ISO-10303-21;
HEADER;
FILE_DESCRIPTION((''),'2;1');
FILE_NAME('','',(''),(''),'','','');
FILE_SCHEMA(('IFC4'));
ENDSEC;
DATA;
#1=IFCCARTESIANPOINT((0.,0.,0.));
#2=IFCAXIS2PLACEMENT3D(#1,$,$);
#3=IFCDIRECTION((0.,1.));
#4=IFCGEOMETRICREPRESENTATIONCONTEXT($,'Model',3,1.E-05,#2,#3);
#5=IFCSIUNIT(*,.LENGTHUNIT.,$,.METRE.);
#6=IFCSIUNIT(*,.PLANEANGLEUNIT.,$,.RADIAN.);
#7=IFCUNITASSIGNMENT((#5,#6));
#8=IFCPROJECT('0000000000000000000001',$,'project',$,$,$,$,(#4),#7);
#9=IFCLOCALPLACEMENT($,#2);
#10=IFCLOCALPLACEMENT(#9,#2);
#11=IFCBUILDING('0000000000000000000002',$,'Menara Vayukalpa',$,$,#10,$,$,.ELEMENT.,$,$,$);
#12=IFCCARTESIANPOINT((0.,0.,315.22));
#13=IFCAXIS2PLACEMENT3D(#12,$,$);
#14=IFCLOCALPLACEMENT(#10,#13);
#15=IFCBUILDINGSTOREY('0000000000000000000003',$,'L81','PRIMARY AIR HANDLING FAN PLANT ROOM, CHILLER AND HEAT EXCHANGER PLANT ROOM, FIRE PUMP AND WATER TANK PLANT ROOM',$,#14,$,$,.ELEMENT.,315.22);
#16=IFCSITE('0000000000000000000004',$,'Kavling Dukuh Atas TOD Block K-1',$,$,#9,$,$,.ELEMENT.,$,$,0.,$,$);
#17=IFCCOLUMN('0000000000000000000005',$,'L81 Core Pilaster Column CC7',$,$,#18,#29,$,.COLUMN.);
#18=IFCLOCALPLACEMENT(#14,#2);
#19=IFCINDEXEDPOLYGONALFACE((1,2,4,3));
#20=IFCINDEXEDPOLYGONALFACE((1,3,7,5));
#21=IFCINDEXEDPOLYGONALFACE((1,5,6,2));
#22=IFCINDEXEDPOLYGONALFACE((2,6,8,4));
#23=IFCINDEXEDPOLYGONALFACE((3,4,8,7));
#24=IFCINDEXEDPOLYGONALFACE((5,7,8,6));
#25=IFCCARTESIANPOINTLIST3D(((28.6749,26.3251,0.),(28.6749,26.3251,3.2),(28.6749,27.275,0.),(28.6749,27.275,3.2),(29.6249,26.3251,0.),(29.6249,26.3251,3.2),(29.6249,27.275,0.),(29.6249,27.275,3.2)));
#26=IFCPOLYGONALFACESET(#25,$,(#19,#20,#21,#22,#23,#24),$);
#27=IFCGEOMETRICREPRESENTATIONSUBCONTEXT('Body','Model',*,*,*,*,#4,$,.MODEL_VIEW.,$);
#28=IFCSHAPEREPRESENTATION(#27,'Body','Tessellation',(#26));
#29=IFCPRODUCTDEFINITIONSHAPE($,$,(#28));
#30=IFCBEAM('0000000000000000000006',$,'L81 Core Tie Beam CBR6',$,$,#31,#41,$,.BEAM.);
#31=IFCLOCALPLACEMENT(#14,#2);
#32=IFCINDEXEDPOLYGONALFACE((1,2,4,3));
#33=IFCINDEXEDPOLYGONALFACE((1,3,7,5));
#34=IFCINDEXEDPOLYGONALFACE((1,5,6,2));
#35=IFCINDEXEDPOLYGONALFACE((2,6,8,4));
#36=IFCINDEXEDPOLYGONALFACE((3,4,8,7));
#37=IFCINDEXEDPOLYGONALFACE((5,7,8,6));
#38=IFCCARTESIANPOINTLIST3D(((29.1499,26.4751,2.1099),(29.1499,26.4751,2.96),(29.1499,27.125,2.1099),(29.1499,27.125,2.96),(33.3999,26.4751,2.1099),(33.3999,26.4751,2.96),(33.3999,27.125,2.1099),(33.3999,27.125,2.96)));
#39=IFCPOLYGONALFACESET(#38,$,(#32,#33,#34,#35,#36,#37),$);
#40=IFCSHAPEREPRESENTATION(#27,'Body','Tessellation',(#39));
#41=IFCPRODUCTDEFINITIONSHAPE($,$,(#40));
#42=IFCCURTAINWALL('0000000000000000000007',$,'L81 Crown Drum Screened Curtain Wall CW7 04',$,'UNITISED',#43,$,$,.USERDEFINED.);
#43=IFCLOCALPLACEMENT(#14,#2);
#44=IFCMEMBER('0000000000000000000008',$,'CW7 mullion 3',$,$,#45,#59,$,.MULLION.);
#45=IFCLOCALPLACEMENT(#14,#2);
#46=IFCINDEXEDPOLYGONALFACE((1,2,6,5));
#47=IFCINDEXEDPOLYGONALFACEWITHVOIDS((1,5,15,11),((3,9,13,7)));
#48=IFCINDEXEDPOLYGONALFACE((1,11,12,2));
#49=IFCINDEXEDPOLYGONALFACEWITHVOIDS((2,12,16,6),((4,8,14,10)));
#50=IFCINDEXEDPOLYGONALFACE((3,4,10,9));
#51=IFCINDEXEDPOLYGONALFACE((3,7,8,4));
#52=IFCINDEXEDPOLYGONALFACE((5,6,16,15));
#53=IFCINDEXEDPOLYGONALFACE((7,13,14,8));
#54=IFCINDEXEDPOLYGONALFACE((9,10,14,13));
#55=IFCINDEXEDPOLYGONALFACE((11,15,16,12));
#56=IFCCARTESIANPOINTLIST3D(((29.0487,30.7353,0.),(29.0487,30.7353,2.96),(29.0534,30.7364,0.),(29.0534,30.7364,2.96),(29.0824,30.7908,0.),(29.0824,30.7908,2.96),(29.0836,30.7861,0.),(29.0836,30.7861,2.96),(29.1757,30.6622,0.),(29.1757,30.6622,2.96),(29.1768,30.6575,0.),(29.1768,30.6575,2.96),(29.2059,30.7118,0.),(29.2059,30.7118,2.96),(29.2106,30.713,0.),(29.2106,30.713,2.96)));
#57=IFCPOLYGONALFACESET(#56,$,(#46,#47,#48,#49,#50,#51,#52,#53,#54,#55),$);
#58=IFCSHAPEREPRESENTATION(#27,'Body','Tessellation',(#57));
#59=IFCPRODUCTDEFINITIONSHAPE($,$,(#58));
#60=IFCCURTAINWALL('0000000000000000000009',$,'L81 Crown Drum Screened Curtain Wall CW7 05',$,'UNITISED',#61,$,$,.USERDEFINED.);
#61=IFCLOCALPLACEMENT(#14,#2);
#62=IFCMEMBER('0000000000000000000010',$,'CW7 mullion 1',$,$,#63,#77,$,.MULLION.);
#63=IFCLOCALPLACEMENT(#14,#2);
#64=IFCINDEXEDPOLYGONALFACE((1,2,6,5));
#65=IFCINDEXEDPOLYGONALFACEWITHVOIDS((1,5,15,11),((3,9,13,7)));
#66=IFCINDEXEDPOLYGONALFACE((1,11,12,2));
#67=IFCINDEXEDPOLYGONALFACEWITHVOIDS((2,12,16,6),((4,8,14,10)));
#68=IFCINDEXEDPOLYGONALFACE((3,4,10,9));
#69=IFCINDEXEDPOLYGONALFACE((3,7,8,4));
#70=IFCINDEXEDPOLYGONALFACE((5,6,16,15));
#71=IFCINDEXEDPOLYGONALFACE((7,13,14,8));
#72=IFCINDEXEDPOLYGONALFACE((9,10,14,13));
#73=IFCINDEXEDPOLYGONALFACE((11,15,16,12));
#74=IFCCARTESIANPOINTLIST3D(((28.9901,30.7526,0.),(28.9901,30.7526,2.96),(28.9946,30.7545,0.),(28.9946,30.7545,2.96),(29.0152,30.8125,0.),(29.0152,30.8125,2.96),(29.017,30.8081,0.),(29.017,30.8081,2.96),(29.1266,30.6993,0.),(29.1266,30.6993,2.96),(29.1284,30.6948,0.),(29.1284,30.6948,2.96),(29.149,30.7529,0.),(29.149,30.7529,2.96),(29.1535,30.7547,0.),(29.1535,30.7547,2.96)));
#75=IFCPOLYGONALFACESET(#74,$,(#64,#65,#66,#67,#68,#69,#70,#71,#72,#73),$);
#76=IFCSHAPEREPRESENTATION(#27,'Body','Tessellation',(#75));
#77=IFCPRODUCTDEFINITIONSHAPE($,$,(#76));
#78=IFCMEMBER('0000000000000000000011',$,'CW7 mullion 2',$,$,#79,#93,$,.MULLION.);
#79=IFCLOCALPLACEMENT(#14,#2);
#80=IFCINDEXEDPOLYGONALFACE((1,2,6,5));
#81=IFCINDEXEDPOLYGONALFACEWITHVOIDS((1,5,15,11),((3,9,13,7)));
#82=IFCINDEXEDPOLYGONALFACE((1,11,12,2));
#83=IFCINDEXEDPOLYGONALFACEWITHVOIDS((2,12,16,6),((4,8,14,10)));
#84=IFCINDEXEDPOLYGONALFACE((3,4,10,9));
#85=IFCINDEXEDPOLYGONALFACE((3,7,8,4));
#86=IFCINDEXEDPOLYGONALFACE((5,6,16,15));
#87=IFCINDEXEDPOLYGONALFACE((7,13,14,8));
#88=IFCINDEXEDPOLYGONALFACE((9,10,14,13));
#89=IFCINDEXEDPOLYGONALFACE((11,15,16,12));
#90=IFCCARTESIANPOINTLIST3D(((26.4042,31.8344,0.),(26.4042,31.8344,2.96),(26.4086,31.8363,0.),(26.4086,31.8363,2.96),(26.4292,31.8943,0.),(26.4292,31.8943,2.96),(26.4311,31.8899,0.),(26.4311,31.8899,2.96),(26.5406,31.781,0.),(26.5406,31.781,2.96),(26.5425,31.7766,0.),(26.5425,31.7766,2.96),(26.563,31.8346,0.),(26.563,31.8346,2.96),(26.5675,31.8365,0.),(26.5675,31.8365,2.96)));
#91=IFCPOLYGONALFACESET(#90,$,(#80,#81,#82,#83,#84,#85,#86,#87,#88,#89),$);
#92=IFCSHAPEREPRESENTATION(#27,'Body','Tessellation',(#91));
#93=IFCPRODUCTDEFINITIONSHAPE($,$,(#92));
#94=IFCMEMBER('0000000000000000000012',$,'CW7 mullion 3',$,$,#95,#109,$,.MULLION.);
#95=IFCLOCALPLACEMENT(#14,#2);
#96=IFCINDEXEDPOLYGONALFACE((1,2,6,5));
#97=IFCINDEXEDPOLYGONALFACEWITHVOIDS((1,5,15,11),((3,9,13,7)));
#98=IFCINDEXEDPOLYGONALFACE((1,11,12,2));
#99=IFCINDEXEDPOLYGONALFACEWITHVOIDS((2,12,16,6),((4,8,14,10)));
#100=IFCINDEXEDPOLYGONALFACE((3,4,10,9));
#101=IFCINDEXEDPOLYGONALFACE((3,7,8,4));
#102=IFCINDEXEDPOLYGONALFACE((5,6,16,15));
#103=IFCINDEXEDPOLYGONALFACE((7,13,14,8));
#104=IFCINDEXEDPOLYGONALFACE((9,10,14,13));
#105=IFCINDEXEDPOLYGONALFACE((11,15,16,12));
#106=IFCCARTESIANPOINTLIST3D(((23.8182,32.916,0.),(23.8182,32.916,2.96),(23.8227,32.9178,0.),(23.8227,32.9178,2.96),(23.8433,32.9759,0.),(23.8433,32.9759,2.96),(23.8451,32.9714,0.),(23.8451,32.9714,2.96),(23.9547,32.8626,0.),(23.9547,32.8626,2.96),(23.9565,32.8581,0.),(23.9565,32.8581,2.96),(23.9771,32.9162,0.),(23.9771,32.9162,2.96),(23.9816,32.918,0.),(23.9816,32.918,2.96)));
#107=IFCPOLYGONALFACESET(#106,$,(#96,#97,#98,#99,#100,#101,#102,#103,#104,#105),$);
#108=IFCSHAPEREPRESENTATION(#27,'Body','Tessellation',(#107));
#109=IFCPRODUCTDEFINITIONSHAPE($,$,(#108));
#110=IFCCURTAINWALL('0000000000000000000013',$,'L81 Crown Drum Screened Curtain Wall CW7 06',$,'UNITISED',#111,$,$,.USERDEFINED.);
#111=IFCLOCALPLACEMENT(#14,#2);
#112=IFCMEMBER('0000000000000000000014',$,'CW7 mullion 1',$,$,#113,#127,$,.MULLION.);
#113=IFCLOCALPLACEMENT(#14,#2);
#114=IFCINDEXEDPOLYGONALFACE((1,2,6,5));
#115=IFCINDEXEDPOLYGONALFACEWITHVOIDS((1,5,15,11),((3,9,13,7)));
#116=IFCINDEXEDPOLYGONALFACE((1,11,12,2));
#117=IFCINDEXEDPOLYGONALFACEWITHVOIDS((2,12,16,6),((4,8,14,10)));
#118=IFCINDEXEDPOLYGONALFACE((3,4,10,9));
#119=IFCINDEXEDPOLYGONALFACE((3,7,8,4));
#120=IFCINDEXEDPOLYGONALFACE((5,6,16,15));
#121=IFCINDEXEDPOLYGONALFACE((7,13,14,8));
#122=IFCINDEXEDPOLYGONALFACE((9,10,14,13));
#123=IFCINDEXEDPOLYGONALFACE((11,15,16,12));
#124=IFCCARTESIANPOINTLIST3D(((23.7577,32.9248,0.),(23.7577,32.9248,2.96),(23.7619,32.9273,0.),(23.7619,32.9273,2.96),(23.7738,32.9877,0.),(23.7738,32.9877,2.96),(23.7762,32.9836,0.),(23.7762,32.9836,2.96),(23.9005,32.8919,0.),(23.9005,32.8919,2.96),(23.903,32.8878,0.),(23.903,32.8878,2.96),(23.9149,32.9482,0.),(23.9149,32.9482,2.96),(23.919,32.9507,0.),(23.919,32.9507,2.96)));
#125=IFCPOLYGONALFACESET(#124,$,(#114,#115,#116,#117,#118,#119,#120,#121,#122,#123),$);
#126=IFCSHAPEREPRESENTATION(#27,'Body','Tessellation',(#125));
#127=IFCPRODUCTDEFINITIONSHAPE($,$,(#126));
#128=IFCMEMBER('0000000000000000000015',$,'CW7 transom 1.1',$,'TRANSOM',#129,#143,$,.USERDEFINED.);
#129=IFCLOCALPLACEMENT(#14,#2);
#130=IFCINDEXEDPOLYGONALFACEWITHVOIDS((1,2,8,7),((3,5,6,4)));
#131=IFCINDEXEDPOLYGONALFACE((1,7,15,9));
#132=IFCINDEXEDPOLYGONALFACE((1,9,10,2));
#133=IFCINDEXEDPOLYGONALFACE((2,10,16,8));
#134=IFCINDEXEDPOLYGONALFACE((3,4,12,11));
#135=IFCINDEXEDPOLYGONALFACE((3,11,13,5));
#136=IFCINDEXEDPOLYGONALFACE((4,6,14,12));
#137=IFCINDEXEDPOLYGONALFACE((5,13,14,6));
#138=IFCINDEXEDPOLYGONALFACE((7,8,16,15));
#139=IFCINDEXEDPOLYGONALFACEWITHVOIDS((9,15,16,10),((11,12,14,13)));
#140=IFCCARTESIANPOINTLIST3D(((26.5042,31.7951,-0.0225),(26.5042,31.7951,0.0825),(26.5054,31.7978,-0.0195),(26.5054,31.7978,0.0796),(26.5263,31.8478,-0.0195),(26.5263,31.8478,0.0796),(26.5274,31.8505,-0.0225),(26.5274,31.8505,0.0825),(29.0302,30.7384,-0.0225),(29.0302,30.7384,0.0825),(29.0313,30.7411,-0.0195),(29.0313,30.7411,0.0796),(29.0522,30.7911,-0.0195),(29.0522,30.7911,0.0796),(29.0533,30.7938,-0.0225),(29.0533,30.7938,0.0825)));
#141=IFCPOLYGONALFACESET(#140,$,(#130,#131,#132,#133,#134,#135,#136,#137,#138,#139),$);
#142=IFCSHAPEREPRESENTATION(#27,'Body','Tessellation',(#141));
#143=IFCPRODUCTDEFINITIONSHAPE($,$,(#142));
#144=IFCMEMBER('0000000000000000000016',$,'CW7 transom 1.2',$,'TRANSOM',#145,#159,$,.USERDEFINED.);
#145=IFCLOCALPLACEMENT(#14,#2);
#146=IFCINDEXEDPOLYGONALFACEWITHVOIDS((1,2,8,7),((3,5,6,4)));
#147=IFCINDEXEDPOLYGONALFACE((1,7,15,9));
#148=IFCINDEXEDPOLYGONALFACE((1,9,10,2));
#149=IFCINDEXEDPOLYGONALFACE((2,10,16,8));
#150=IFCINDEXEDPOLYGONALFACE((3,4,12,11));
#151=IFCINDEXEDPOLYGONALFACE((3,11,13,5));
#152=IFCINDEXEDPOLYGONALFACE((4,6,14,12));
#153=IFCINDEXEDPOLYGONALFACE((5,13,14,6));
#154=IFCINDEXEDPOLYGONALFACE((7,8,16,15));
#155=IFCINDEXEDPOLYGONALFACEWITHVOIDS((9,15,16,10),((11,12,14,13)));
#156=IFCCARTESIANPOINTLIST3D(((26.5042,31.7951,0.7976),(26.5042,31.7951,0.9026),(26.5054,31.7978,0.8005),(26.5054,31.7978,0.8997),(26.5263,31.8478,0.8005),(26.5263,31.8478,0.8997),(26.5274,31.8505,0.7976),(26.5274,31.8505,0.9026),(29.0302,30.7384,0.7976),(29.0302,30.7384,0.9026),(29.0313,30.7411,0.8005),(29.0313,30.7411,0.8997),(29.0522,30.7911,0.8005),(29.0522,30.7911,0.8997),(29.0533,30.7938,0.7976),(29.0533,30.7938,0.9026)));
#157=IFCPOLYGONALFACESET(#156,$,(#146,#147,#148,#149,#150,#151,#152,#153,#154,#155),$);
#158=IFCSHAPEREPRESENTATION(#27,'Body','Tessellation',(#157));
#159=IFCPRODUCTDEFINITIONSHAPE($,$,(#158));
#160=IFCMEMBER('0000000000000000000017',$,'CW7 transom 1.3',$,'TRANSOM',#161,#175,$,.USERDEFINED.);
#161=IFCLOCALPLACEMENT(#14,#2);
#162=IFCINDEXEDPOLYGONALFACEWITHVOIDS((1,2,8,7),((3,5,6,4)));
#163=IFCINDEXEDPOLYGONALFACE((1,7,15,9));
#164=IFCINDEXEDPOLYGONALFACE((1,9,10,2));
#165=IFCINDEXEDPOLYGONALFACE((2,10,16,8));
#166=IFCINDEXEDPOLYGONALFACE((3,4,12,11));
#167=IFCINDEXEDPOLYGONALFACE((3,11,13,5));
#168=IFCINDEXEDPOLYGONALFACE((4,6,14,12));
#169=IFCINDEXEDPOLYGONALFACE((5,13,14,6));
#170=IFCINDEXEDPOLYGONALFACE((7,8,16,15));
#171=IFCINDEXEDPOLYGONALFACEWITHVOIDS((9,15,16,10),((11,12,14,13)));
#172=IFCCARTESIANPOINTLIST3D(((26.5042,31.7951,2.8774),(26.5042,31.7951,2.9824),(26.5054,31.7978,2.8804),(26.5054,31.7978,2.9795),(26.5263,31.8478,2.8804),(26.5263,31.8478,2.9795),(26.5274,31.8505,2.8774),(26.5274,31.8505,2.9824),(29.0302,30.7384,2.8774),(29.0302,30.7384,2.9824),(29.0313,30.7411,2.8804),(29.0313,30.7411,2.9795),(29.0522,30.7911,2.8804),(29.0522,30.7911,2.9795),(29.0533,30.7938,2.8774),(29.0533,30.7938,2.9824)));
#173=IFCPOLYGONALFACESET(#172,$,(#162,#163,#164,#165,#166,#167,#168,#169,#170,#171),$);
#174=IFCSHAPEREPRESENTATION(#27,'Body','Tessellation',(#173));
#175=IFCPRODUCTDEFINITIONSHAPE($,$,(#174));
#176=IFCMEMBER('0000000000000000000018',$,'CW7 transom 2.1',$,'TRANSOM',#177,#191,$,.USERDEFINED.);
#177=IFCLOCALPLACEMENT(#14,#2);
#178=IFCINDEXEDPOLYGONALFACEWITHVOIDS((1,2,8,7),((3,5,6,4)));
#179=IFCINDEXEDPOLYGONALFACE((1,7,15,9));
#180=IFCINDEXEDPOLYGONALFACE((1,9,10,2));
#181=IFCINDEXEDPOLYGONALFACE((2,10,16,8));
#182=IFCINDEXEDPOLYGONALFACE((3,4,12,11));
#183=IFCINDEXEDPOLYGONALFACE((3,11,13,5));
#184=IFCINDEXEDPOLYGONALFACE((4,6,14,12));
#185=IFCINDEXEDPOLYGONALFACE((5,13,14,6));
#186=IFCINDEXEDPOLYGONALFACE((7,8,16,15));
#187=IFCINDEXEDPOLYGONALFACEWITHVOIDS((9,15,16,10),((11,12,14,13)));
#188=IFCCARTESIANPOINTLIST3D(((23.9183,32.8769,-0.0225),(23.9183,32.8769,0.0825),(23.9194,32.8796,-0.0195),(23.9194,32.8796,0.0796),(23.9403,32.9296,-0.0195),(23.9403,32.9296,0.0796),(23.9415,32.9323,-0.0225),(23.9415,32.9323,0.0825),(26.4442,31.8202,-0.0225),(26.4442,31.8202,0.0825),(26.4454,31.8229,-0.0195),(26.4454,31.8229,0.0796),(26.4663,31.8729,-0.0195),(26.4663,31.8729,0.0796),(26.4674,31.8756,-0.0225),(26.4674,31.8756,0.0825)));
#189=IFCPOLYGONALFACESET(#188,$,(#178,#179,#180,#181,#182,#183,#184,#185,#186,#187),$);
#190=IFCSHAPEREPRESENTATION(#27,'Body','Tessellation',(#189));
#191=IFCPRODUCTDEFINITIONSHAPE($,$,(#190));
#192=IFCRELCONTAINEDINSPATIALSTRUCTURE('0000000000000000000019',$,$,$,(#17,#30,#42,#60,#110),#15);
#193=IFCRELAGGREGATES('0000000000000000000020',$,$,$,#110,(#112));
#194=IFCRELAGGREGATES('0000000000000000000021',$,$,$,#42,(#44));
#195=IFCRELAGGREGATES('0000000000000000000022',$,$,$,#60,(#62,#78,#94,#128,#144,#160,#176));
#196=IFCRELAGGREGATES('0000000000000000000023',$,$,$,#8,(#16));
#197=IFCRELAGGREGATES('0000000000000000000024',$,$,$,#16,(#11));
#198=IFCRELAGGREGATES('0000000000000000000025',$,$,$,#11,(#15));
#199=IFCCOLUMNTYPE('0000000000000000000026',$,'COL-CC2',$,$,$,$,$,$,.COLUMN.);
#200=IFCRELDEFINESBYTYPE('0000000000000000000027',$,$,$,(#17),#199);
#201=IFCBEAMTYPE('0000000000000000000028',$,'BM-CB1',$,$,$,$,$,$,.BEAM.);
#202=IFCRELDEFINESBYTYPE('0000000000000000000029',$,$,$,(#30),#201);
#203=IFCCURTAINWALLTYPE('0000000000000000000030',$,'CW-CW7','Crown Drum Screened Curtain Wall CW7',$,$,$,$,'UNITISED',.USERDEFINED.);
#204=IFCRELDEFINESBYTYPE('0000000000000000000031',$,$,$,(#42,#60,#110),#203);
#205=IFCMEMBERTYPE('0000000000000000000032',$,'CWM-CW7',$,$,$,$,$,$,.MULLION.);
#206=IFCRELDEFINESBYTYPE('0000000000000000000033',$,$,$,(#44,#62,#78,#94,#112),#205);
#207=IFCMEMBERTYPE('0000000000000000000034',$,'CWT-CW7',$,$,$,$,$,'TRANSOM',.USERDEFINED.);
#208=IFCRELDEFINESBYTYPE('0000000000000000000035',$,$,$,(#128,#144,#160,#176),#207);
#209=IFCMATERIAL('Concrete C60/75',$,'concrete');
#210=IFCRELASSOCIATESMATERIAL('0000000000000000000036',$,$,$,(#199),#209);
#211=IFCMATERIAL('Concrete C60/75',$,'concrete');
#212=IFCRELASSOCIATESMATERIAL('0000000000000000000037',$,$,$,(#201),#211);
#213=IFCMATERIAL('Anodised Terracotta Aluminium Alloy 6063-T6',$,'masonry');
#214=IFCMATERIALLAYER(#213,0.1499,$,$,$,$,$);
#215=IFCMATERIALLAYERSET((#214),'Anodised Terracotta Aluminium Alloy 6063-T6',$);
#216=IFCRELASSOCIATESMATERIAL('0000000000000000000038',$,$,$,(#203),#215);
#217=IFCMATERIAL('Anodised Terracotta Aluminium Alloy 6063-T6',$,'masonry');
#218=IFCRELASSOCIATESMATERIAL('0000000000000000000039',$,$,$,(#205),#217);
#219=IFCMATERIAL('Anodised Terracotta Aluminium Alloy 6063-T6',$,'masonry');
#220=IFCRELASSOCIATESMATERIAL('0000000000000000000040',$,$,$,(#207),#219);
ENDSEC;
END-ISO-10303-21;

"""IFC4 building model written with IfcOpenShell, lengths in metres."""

from ifc_helpers import new_model, si_unit, direction, frame, origin, origin_2d, place, context, subcontext, project, spatial, rectangle, hollow_rectangle, extrude, material, layer, layer_set, material_profile, profile_set, type_object, element, aggregate, save


model = new_model("IFC4")

# Units and contexts
model_context = context("Model", 3, precision=1e-05, world=origin(), true_north=direction((0.0, 1.0)))
body_context = subcontext(model_context, "Body", "Model", "MODEL_VIEW")
ifc_project = project(units=[si_unit("LENGTHUNIT", "METRE"), si_unit("PLANEANGLEUNIT", "RADIAN")], contexts=[model_context])

# Site, building, storey
site_placement = place(None, origin())
site = spatial("IfcSite", under=ifc_project, at=site_placement, Name="Kavling Dukuh Atas TOD Block K-1", CompositionType="ELEMENT", RefElevation=0.0)
building_placement = place(site_placement, origin())
building = spatial("IfcBuilding", under=site, at=building_placement, Name="Menara Vayukalpa", CompositionType="ELEMENT")
storey_placement = place(building_placement, frame((0.0, 0.0, 315.22)))
storey = spatial("IfcBuildingStorey", under=building, at=storey_placement, Name="L81", Description="PRIMARY AIR HANDLING FAN PLANT ROOM, CHILLER AND HEAT EXCHANGER PLANT ROOM, FIRE PUMP AND WATER TANK PLANT ROOM", CompositionType="ELEMENT", Elevation=315.22)

# Column
ifc_material_1 = material(Name="Concrete C60/75", Category="concrete")
ifc_material_profile_1 = material_profile(ifc_material_1, rectangle(XDim=0.95, YDim=0.95, at=origin_2d()), Name="RC 950x950")
ifc_profile_set_1 = profile_set([ifc_material_profile_1], Name="Concrete C60/75")
column_type = type_object("IfcColumnType", Name="COL-CC2", PredefinedType="COLUMN", material=ifc_profile_set_1)
column_placement = place(storey_placement, frame((29.1499, 26.8, 0.0), z_axis=(0.0, 0.0, 1.0), x_axis=(1.0, 0.0, 0.0)))
element("IfcColumn", 1, at=column_placement, inside=storey, type_object=column_type, Name="L81 Core Pilaster Column CC7", PredefinedType="COLUMN", context=body_context, shape_type="SweptSolid", body=[
    extrude(rectangle(XDim=0.95, YDim=0.95, at=origin_2d()), origin(), (0.0, 0.0, 1.0), 3.2),
])

# Beam
ifc_material_2 = material(Name="Concrete C60/75", Category="concrete")
ifc_material_profile_2 = material_profile(ifc_material_2, rectangle(XDim=0.6499, YDim=0.8501, at=origin_2d()), Name="RC 650x850")
ifc_profile_set_2 = profile_set([ifc_material_profile_2], Name="Concrete C60/75")
beam_type = type_object("IfcBeamType", Name="BM-CB1", PredefinedType="BEAM", material=ifc_profile_set_2)
beam_placement = place(storey_placement, frame((29.1499, 26.8, 2.5349), z_axis=(1.0, 0.0, 0.0), x_axis=(0.0, 1.0, 0.0)))
element("IfcBeam", 2, at=beam_placement, inside=storey, type_object=beam_type, Name="L81 Core Tie Beam CBR6", PredefinedType="BEAM", context=body_context, shape_type="SweptSolid", body=[
    extrude(rectangle(XDim=0.6499, YDim=0.8501, at=origin_2d()), origin(), (0.0, 0.0, 1.0), 4.25),
])

# Curtain wall, member
ifc_material_3 = material(Name="Anodised Terracotta Aluminium Alloy 6063-T6", Category="masonry")
ifc_layer_1 = layer(ifc_material_3, 0.1499)
ifc_layer_set_1 = layer_set([ifc_layer_1], Name="Anodised Terracotta Aluminium Alloy 6063-T6")
curtain_wall_type = type_object("IfcCurtainWallType", Name="CW-CW7", Description="Crown Drum Screened Curtain Wall CW7", ElementType="UNITISED", PredefinedType="USERDEFINED", material=ifc_layer_set_1)
curtain_wall_1_placement = place(storey_placement, origin())
curtain_wall_1 = element("IfcCurtainWall", 3, at=curtain_wall_1_placement, inside=storey, type_object=curtain_wall_type, Name="L81 Crown Drum Screened Curtain Wall CW7 04", ObjectType="UNITISED", PredefinedType="USERDEFINED")
ifc_material_4 = material(Name="Anodised Terracotta Aluminium Alloy 6063-T6", Category="masonry")
ifc_material_profile_3 = material_profile(ifc_material_4, hollow_rectangle(XDim=0.0649, YDim=0.1499, WallThickness=0.0034, at=origin_2d()), Name="ALU 65x150x3.5")
ifc_profile_set_3 = profile_set([ifc_material_profile_3], Name="Anodised Terracotta Aluminium Alloy 6063-T6")
member_type_1 = type_object("IfcMemberType", Name="CWM-CW7", PredefinedType="MULLION", material=ifc_profile_set_3)
member_1_placement = place(storey_placement, frame((29.1296, 30.7241, 0.0), z_axis=(0.0, 0.0, 1.0), x_axis=(-0.519176, -0.854667, 0.0)))
member_1 = element("IfcMember", 4, at=member_1_placement, type_object=member_type_1, Name="CW7 mullion 3", PredefinedType="MULLION", context=body_context, shape_type="SweptSolid", body=[
    extrude(hollow_rectangle(XDim=0.0649, YDim=0.1499, WallThickness=0.0034, at=origin_2d()), origin(), (0.0, 0.0, 1.0), 2.96),
])

# Curtain wall, members
curtain_wall_2_placement = place(storey_placement, origin())
curtain_wall_2 = element("IfcCurtainWall", 5, at=curtain_wall_2_placement, inside=storey, type_object=curtain_wall_type, Name="L81 Crown Drum Screened Curtain Wall CW7 05", ObjectType="UNITISED", PredefinedType="USERDEFINED")
member_2_placement = place(storey_placement, frame((29.0718, 30.7537, 0.0), z_axis=(0.0, 0.0, 1.0), x_axis=(-0.385898, -0.922541, 0.0)))
member_2 = element("IfcMember", 6, at=member_2_placement, type_object=member_type_1, Name="CW7 mullion 1", PredefinedType="MULLION", context=body_context, shape_type="SweptSolid", body=[
    extrude(hollow_rectangle(XDim=0.0649, YDim=0.1499, WallThickness=0.0034, at=origin_2d()), origin(), (0.0, 0.0, 1.0), 2.96),
])
member_3_placement = place(storey_placement, frame((26.4858, 31.8354, 0.0), z_axis=(0.0, 0.0, 1.0), x_axis=(-0.385898, -0.922541, 0.0)))
member_3 = element("IfcMember", 7, at=member_3_placement, type_object=member_type_1, Name="CW7 mullion 2", PredefinedType="MULLION", context=body_context, shape_type="SweptSolid", body=[
    extrude(hollow_rectangle(XDim=0.0649, YDim=0.1499, WallThickness=0.0034, at=origin_2d()), origin(), (0.0, 0.0, 1.0), 2.96),
])
member_4_placement = place(storey_placement, frame((23.8999, 32.917, 0.0), z_axis=(0.0, 0.0, 1.0), x_axis=(-0.385898, -0.922541, 0.0)))
member_4 = element("IfcMember", 8, at=member_4_placement, type_object=member_type_1, Name="CW7 mullion 3", PredefinedType="MULLION", context=body_context, shape_type="SweptSolid", body=[
    extrude(hollow_rectangle(XDim=0.0649, YDim=0.1499, WallThickness=0.0034, at=origin_2d()), origin(), (0.0, 0.0, 1.0), 2.96),
])

# Curtain wall, member
curtain_wall_3_placement = place(storey_placement, origin())
curtain_wall_3 = element("IfcCurtainWall", 9, at=curtain_wall_3_placement, inside=storey, type_object=curtain_wall_type, Name="L81 Crown Drum Screened Curtain Wall CW7 06", ObjectType="UNITISED", PredefinedType="USERDEFINED")
member_5_placement = place(storey_placement, frame((23.8384, 32.9377, 0.0), z_axis=(0.0, 0.0, 1.0), x_axis=(-0.247124, -0.968984, 0.0)))
member_5 = element("IfcMember", 10, at=member_5_placement, type_object=member_type_1, Name="CW7 mullion 1", PredefinedType="MULLION", context=body_context, shape_type="SweptSolid", body=[
    extrude(hollow_rectangle(XDim=0.0649, YDim=0.1499, WallThickness=0.0034, at=origin_2d()), origin(), (0.0, 0.0, 1.0), 2.96),
])
aggregate(curtain_wall_3, [member_5])

# Members
ifc_material_5 = material(Name="Anodised Terracotta Aluminium Alloy 6063-T6", Category="masonry")
ifc_material_profile_4 = material_profile(ifc_material_5, hollow_rectangle(XDim=0.0601, YDim=0.105, WallThickness=0.0029, at=origin_2d()), Name="ALU 60x105x3")
ifc_profile_set_4 = profile_set([ifc_material_profile_4], Name="Anodised Terracotta Aluminium Alloy 6063-T6")
member_type_2 = type_object("IfcMemberType", Name="CWT-CW7", ElementType="TRANSOM", PredefinedType="USERDEFINED", material=ifc_profile_set_4)
member_6_placement = place(storey_placement, frame((29.0417, 30.7661, 0.03), z_axis=(-0.922533, 0.385919, 0.0), x_axis=(-0.385919, -0.922533, 0.0)))
member_6 = element("IfcMember", 11, at=member_6_placement, type_object=member_type_2, Name="CW7 transom 1.1", ObjectType="TRANSOM", PredefinedType="USERDEFINED", context=body_context, shape_type="SweptSolid", body=[
    extrude(hollow_rectangle(XDim=0.0601, YDim=0.105, WallThickness=0.0029, at=origin_2d()), origin(), (0.0, 0.0, 1.0), 2.738),
])
member_7_placement = place(storey_placement, frame((29.0417, 30.7661, 0.8501), z_axis=(-0.922533, 0.385919, 0.0), x_axis=(-0.385919, -0.922533, 0.0)))
member_7 = element("IfcMember", 12, at=member_7_placement, type_object=member_type_2, Name="CW7 transom 1.2", ObjectType="TRANSOM", PredefinedType="USERDEFINED", context=body_context, shape_type="SweptSolid", body=[
    extrude(hollow_rectangle(XDim=0.0601, YDim=0.105, WallThickness=0.0029, at=origin_2d()), origin(), (0.0, 0.0, 1.0), 2.738),
])
member_8_placement = place(storey_placement, frame((29.0417, 30.7661, 2.9299), z_axis=(-0.922533, 0.385919, 0.0), x_axis=(-0.385919, -0.922533, 0.0)))
member_8 = element("IfcMember", 13, at=member_8_placement, type_object=member_type_2, Name="CW7 transom 1.3", ObjectType="TRANSOM", PredefinedType="USERDEFINED", context=body_context, shape_type="SweptSolid", body=[
    extrude(hollow_rectangle(XDim=0.0601, YDim=0.105, WallThickness=0.0029, at=origin_2d()), origin(), (0.0, 0.0, 1.0), 2.738),
])
member_9_placement = place(storey_placement, frame((26.4558, 31.8479, 0.03), z_axis=(-0.922533, 0.385919, 0.0), x_axis=(-0.385919, -0.922533, 0.0)))
member_9 = element("IfcMember", 14, at=member_9_placement, type_object=member_type_2, Name="CW7 transom 2.1", ObjectType="TRANSOM", PredefinedType="USERDEFINED", context=body_context, shape_type="SweptSolid", body=[
    extrude(hollow_rectangle(XDim=0.0601, YDim=0.105, WallThickness=0.0029, at=origin_2d()), origin(), (0.0, 0.0, 1.0), 2.738),
])

aggregate(curtain_wall_1, [member_1])
aggregate(curtain_wall_2, [member_2, member_3, member_4, member_6, member_7, member_8, member_9])

save(model, "model.ifc")
